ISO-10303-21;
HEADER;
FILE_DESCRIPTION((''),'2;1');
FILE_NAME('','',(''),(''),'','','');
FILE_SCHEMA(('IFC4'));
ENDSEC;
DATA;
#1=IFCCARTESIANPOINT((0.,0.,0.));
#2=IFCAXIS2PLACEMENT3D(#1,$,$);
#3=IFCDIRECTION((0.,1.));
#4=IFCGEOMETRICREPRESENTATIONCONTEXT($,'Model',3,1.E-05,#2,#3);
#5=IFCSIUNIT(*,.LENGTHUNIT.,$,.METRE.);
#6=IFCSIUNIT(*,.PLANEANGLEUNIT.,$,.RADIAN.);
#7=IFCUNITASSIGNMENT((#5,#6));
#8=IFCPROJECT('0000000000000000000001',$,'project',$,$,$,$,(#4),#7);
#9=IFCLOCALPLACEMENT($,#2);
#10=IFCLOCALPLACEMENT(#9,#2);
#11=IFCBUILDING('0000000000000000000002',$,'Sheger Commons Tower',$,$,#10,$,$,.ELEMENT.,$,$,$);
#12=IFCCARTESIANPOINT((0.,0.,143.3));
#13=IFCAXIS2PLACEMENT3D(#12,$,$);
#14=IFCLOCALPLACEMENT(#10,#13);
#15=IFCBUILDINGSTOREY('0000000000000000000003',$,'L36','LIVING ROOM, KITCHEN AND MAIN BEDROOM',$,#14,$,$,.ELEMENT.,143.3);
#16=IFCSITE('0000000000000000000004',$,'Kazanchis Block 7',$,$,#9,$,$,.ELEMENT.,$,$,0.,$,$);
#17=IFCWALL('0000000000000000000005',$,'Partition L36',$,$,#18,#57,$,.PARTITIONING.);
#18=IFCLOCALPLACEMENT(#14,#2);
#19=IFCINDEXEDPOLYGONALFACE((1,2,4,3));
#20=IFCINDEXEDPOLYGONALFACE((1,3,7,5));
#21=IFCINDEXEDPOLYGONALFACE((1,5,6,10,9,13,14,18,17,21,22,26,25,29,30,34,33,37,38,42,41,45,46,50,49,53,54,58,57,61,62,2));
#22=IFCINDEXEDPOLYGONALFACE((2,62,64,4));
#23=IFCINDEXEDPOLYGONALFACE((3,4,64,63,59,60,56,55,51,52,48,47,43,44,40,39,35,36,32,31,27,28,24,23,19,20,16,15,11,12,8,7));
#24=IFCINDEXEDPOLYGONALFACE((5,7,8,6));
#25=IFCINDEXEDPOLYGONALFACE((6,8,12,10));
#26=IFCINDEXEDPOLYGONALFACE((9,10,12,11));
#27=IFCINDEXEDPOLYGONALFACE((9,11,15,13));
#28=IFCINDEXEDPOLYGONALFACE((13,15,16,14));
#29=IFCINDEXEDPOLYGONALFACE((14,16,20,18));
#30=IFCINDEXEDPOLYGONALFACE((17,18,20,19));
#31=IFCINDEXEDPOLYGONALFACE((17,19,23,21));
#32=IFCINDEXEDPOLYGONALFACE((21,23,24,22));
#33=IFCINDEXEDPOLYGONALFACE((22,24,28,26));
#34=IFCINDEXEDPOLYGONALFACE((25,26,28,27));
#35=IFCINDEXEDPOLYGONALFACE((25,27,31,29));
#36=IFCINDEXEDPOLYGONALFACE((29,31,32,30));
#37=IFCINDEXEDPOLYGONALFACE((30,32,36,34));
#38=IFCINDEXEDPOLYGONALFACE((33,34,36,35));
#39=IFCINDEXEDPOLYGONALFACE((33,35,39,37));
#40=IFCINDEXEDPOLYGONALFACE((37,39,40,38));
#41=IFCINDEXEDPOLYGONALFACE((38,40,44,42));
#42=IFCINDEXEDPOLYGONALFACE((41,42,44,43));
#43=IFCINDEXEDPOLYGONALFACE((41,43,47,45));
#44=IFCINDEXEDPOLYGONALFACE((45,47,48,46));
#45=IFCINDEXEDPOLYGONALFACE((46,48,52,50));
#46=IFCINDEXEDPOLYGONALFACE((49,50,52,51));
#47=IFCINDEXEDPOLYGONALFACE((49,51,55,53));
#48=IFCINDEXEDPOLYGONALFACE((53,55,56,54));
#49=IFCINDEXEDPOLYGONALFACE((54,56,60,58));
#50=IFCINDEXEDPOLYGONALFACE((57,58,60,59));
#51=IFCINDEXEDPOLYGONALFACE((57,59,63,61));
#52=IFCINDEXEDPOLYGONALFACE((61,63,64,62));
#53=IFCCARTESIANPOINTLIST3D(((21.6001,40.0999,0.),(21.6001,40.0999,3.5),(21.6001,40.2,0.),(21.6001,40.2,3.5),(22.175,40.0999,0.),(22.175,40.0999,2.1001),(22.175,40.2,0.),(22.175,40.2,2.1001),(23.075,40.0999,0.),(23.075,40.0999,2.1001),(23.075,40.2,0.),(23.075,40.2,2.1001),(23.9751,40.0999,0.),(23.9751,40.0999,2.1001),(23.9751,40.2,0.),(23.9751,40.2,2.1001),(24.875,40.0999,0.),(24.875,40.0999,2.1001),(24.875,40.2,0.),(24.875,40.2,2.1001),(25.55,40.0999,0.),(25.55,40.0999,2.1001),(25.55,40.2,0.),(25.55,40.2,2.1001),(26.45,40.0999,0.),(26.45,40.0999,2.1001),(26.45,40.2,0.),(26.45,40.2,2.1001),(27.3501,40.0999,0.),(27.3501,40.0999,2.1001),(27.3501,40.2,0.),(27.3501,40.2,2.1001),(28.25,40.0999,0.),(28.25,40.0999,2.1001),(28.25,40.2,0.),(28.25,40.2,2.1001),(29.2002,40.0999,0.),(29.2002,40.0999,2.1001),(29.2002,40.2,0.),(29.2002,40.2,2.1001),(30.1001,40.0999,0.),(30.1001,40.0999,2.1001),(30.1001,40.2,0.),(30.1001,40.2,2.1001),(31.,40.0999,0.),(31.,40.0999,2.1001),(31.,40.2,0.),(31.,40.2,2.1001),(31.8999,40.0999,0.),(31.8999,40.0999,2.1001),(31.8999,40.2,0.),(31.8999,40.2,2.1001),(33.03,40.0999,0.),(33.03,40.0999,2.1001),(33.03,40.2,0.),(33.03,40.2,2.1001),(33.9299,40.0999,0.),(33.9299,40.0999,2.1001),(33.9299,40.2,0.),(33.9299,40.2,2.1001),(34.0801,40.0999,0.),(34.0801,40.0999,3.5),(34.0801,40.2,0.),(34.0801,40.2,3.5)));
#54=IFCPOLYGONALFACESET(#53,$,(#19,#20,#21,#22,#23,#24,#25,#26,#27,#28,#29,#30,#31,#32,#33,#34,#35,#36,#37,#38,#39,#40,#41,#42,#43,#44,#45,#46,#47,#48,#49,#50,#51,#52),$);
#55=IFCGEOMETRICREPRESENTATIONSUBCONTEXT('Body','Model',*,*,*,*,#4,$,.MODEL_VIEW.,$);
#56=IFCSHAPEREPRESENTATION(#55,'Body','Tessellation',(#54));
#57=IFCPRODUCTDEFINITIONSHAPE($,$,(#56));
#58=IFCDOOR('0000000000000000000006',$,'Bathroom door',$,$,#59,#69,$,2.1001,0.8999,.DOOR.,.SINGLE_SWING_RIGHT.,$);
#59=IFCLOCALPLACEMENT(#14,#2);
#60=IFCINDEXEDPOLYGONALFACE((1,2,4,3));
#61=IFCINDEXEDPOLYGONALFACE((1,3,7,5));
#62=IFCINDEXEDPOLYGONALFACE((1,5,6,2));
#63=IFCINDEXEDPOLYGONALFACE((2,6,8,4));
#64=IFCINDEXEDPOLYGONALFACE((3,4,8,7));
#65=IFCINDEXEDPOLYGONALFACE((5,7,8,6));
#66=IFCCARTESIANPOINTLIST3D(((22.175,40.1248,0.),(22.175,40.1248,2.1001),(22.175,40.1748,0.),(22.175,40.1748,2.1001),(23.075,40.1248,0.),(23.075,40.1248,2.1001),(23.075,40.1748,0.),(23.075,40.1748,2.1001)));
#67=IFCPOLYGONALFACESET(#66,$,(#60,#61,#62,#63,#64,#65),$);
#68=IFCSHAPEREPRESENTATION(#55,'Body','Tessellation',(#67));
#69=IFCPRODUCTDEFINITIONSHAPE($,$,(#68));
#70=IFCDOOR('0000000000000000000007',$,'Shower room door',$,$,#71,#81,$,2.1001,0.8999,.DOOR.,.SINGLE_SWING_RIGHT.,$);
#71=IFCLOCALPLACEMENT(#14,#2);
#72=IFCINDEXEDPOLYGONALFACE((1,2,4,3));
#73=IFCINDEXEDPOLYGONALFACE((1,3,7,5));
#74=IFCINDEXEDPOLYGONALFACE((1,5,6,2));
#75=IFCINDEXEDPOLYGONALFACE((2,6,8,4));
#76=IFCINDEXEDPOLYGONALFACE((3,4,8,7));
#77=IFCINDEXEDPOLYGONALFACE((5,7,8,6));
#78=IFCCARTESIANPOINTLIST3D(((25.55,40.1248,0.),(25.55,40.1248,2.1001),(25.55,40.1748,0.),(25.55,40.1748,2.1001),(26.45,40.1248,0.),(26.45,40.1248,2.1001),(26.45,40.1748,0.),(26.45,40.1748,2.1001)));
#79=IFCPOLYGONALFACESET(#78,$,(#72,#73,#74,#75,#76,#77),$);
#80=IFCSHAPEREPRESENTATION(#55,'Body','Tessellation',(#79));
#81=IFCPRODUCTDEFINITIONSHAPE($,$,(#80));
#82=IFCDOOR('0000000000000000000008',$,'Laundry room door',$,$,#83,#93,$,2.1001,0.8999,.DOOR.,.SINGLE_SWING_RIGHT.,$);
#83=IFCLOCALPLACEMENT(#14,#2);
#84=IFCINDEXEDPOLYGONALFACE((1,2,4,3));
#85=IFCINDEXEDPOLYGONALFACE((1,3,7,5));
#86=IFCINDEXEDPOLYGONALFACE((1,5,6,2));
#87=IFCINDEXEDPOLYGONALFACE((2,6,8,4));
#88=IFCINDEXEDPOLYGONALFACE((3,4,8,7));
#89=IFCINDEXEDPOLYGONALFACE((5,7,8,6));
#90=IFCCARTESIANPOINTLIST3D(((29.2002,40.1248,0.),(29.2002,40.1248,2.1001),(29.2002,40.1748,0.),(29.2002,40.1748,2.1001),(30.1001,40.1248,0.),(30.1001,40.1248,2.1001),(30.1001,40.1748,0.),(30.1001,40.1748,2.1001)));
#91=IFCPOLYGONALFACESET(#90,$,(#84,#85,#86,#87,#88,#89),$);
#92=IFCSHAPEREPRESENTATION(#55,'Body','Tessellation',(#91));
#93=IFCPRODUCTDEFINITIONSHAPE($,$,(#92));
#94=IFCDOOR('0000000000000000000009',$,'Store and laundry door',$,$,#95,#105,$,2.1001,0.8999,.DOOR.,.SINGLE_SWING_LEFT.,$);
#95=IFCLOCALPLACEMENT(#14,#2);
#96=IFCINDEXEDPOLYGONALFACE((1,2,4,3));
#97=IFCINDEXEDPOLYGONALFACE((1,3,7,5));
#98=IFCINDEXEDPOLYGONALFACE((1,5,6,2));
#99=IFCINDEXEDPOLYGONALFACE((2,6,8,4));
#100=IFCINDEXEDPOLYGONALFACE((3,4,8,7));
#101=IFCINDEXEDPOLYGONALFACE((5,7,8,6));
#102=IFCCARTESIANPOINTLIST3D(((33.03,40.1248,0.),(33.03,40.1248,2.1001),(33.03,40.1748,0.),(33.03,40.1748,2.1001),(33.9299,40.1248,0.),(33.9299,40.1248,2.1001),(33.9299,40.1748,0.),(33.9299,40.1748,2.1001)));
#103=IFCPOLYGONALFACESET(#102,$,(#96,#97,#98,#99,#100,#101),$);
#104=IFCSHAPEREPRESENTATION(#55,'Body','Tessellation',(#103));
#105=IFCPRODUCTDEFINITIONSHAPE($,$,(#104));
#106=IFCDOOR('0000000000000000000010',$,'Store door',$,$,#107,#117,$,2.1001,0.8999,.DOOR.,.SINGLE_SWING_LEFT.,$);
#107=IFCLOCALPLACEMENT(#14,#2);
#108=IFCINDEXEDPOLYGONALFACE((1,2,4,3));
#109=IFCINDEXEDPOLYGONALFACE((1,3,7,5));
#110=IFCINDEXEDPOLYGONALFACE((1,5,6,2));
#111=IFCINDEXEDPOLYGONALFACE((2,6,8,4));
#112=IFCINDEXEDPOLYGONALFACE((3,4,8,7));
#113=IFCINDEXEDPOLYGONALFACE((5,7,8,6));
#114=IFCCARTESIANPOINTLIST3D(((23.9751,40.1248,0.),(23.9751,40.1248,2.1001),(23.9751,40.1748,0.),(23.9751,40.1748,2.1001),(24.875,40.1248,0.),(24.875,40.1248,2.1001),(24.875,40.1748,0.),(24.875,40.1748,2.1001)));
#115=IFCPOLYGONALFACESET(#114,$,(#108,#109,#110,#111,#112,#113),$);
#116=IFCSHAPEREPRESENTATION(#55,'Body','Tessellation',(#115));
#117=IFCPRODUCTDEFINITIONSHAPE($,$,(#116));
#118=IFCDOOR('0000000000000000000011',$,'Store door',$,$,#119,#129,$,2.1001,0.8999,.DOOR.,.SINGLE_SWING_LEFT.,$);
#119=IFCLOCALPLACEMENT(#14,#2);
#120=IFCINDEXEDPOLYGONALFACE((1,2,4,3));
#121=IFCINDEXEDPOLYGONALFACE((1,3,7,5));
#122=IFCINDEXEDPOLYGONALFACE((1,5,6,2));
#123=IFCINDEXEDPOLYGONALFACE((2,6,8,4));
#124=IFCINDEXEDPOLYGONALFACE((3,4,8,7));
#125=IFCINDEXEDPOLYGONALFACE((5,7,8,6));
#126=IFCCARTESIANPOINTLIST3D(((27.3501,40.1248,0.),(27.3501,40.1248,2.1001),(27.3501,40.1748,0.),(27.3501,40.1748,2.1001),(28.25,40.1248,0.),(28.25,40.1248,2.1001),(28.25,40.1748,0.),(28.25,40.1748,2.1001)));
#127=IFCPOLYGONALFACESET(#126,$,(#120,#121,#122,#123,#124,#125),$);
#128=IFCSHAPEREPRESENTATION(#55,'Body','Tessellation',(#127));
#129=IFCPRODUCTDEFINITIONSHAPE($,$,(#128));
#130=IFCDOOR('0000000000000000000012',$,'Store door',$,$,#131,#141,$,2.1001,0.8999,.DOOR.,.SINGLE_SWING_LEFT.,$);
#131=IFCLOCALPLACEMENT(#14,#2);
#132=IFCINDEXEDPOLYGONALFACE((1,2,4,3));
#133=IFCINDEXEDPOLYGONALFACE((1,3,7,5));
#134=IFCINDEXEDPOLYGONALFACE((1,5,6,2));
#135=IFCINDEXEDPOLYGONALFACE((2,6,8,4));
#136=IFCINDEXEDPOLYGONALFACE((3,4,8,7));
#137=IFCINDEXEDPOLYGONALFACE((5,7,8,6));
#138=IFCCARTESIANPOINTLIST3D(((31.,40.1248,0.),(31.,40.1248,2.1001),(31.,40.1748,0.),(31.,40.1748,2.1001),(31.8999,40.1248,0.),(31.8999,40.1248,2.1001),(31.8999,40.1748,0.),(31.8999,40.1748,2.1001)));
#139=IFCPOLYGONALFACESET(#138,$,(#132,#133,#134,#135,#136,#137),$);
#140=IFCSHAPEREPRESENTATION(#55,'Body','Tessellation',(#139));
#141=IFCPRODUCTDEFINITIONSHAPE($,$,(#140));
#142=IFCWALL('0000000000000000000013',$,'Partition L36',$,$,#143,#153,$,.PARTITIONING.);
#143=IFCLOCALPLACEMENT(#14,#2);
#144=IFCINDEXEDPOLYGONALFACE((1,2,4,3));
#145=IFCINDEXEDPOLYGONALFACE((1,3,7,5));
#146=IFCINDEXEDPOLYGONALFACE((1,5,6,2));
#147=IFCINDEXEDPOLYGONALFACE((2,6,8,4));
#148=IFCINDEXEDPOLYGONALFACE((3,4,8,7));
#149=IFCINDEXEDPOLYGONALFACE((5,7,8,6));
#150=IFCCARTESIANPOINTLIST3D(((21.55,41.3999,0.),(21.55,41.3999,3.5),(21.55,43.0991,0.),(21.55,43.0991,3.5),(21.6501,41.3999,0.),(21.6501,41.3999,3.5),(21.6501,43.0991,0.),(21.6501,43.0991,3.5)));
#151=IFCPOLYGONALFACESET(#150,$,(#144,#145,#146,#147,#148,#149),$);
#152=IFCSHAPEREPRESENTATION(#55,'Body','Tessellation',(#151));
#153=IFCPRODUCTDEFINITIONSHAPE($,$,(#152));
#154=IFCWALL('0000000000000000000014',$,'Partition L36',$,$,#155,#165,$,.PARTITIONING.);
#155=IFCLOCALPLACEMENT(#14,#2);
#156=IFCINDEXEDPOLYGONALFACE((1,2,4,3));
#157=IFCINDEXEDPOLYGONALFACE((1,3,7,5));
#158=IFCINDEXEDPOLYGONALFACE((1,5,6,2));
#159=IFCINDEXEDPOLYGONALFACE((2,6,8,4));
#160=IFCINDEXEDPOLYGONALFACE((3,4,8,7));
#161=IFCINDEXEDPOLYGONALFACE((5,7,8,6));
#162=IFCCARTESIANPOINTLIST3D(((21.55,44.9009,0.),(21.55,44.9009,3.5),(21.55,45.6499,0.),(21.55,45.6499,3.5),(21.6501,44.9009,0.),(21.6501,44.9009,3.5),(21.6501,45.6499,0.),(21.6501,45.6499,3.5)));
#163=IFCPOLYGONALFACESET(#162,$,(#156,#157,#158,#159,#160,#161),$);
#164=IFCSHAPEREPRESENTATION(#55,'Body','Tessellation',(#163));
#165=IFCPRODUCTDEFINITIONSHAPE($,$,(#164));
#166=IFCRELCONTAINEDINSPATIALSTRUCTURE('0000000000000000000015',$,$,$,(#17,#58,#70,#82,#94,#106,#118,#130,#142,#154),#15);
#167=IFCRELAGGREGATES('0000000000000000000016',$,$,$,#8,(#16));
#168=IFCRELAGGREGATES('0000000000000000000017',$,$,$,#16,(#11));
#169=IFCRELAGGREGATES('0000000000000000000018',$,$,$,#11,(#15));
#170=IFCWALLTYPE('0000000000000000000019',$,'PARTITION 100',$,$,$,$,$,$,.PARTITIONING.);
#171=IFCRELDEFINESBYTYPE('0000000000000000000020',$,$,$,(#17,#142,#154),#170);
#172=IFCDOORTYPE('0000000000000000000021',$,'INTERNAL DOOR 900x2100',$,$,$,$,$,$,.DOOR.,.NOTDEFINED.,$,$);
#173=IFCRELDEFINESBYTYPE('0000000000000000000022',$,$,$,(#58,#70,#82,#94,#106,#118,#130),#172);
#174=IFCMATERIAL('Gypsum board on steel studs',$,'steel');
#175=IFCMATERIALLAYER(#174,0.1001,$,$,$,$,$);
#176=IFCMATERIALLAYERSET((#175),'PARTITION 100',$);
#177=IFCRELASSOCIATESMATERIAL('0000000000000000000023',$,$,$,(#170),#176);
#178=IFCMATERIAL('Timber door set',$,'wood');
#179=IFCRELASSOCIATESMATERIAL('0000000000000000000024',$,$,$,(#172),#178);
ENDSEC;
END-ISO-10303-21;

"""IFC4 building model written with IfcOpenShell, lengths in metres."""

from ifc_helpers import new_model, si_unit, direction, frame, frame_2d, origin, place, context, subcontext, project, spatial, rectangle, extrude, material, layer, layer_set, type_object, element, fill, save


model = new_model("IFC4")

# Units and contexts
model_context = context("Model", 3, precision=1e-05, world=origin(), true_north=direction((0.0, 1.0)))
body_context = subcontext(model_context, "Body", "Model", "MODEL_VIEW")
ifc_project = project(units=[si_unit("LENGTHUNIT", "METRE"), si_unit("PLANEANGLEUNIT", "RADIAN")], contexts=[model_context])

# Site, building, storey
site_placement = place(None, origin())
site = spatial("IfcSite", under=ifc_project, at=site_placement, Name="Kazanchis Block 7", CompositionType="ELEMENT", RefElevation=0.0)
building_placement = place(site_placement, origin())
building = spatial("IfcBuilding", under=site, at=building_placement, Name="Sheger Commons Tower", CompositionType="ELEMENT")
storey_placement = place(building_placement, frame((0.0, 0.0, 143.3)))
storey = spatial("IfcBuildingStorey", under=building, at=storey_placement, Name="L36", Description="LIVING ROOM, KITCHEN AND MAIN BEDROOM", CompositionType="ELEMENT", Elevation=143.3)

# Wall, openings, doors
ifc_material_1 = material(Name="Gypsum board on steel studs", Category="steel")
ifc_layer_1 = layer(ifc_material_1, 0.1001)
ifc_layer_set_1 = layer_set([ifc_layer_1], Name="PARTITION 100")
wall_type = type_object("IfcWallType", Name="PARTITION 100", PredefinedType="PARTITIONING", material=ifc_layer_set_1)
ifc_material_2 = material(Name="Timber door set", Category="wood")
door_type = type_object("IfcDoorType", Name="INTERNAL DOOR 900x2100", OperationType="NOTDEFINED", PredefinedType="DOOR", material=ifc_material_2)
wall_1_placement = place(storey_placement, frame((21.6001, 40.1499, 0.0), z_axis=(0.0, 0.0, 1.0), x_axis=(1.0, 0.0, 0.0)))
wall_1 = element("IfcWall", 1, at=wall_1_placement, inside=storey, type_object=wall_type, Name="Partition L36", PredefinedType="PARTITIONING", context=body_context, shape_type="SweptSolid", body=[
    extrude(rectangle(XDim=12.48, YDim=0.1001, at=frame_2d((6.24, 0.0))), origin(), (0.0, 0.0, 1.0), 3.5),
])
opening_1_placement = place(wall_1_placement, frame((0.575, 0.0, 0.0)))
opening_1 = element("IfcOpeningElement", 2, at=opening_1_placement, cuts=wall_1, PredefinedType="OPENING", context=body_context, shape_type="SweptSolid", body=[
    extrude(rectangle(XDim=0.8999, YDim=2.1001, at=frame_2d((0.45, 1.05))), frame((0.0, 0.0601, 0.0), z_axis=(0.0, -1.0, 0.0), x_axis=(1.0, 0.0, 0.0)), (0.0, 0.0, 1.0), 0.1201),
])
opening_2_placement = place(wall_1_placement, frame((3.95, 0.0, 0.0)))
opening_2 = element("IfcOpeningElement", 3, at=opening_2_placement, cuts=wall_1, PredefinedType="OPENING", context=body_context, shape_type="SweptSolid", body=[
    extrude(rectangle(XDim=0.8999, YDim=2.1001, at=frame_2d((0.45, 1.05))), frame((0.0, 0.0601, 0.0), z_axis=(0.0, -1.0, 0.0), x_axis=(1.0, 0.0, 0.0)), (0.0, 0.0, 1.0), 0.1201),
])
opening_3_placement = place(wall_1_placement, frame((7.6001, 0.0, 0.0)))
opening_3 = element("IfcOpeningElement", 4, at=opening_3_placement, cuts=wall_1, PredefinedType="OPENING", context=body_context, shape_type="SweptSolid", body=[
    extrude(rectangle(XDim=0.8999, YDim=2.1001, at=frame_2d((0.45, 1.05))), frame((0.0, 0.0601, 0.0), z_axis=(0.0, -1.0, 0.0), x_axis=(1.0, 0.0, 0.0)), (0.0, 0.0, 1.0), 0.1201),
])
opening_4_placement = place(wall_1_placement, frame((11.4299, 0.0, 0.0)))
opening_4 = element("IfcOpeningElement", 5, at=opening_4_placement, cuts=wall_1, PredefinedType="OPENING", context=body_context, shape_type="SweptSolid", body=[
    extrude(rectangle(XDim=0.8999, YDim=2.1001, at=frame_2d((0.45, 1.05))), frame((0.0, 0.0601, 0.0), z_axis=(0.0, -1.0, 0.0), x_axis=(1.0, 0.0, 0.0)), (0.0, 0.0, 1.0), 0.1201),
])
opening_5_placement = place(wall_1_placement, frame((2.375, 0.0, 0.0)))
opening_5 = element("IfcOpeningElement", 6, at=opening_5_placement, cuts=wall_1, PredefinedType="OPENING", context=body_context, shape_type="SweptSolid", body=[
    extrude(rectangle(XDim=0.8999, YDim=2.1001, at=frame_2d((0.45, 1.05))), frame((0.0, 0.0601, 0.0), z_axis=(0.0, -1.0, 0.0), x_axis=(1.0, 0.0, 0.0)), (0.0, 0.0, 1.0), 0.1201),
])
opening_6_placement = place(wall_1_placement, frame((5.75, 0.0, 0.0)))
opening_6 = element("IfcOpeningElement", 7, at=opening_6_placement, cuts=wall_1, PredefinedType="OPENING", context=body_context, shape_type="SweptSolid", body=[
    extrude(rectangle(XDim=0.8999, YDim=2.1001, at=frame_2d((0.45, 1.05))), frame((0.0, 0.0601, 0.0), z_axis=(0.0, -1.0, 0.0), x_axis=(1.0, 0.0, 0.0)), (0.0, 0.0, 1.0), 0.1201),
])
opening_7_placement = place(wall_1_placement, frame((9.3999, 0.0, 0.0)))
opening_7 = element("IfcOpeningElement", 8, at=opening_7_placement, cuts=wall_1, PredefinedType="OPENING", context=body_context, shape_type="SweptSolid", body=[
    extrude(rectangle(XDim=0.8999, YDim=2.1001, at=frame_2d((0.45, 1.05))), frame((0.0, 0.0601, 0.0), z_axis=(0.0, -1.0, 0.0), x_axis=(1.0, 0.0, 0.0)), (0.0, 0.0, 1.0), 0.1201),
])
door_1_placement = place(opening_1_placement, origin())
door_1 = element("IfcDoor", 9, at=door_1_placement, inside=storey, type_object=door_type, Name="Bathroom door", OperationType="SINGLE_SWING_RIGHT", OverallHeight=2.1001, OverallWidth=0.8999, PredefinedType="DOOR", context=body_context, shape_type="SweptSolid", body=[
    extrude(rectangle(XDim=0.8999, YDim=2.1001, at=frame_2d((0.45, 1.05))), frame((0.0, 0.0249, 0.0), z_axis=(0.0, -1.0, 0.0), x_axis=(1.0, 0.0, 0.0)), (0.0, 0.0, 1.0), 0.05),
])
fill(opening_1, door_1)
door_2_placement = place(opening_2_placement, origin())
door_2 = element("IfcDoor", 10, at=door_2_placement, inside=storey, type_object=door_type, Name="Shower room door", OperationType="SINGLE_SWING_RIGHT", OverallHeight=2.1001, OverallWidth=0.8999, PredefinedType="DOOR", context=body_context, shape_type="SweptSolid", body=[
    extrude(rectangle(XDim=0.8999, YDim=2.1001, at=frame_2d((0.45, 1.05))), frame((0.0, 0.0249, 0.0), z_axis=(0.0, -1.0, 0.0), x_axis=(1.0, 0.0, 0.0)), (0.0, 0.0, 1.0), 0.05),
])
fill(opening_2, door_2)
door_3_placement = place(opening_3_placement, origin())
door_3 = element("IfcDoor", 11, at=door_3_placement, inside=storey, type_object=door_type, Name="Laundry room door", OperationType="SINGLE_SWING_RIGHT", OverallHeight=2.1001, OverallWidth=0.8999, PredefinedType="DOOR", context=body_context, shape_type="SweptSolid", body=[
    extrude(rectangle(XDim=0.8999, YDim=2.1001, at=frame_2d((0.45, 1.05))), frame((0.0, 0.0249, 0.0), z_axis=(0.0, -1.0, 0.0), x_axis=(1.0, 0.0, 0.0)), (0.0, 0.0, 1.0), 0.05),
])
fill(opening_3, door_3)
door_4_placement = place(opening_4_placement, origin())
door_4 = element("IfcDoor", 12, at=door_4_placement, inside=storey, type_object=door_type, Name="Store and laundry door", OperationType="SINGLE_SWING_LEFT", OverallHeight=2.1001, OverallWidth=0.8999, PredefinedType="DOOR", context=body_context, shape_type="SweptSolid", body=[
    extrude(rectangle(XDim=0.8999, YDim=2.1001, at=frame_2d((0.45, 1.05))), frame((0.0, 0.0249, 0.0), z_axis=(0.0, -1.0, 0.0), x_axis=(1.0, 0.0, 0.0)), (0.0, 0.0, 1.0), 0.05),
])
fill(opening_4, door_4)
door_5_placement = place(opening_5_placement, origin())
door_5 = element("IfcDoor", 13, at=door_5_placement, inside=storey, type_object=door_type, Name="Store door", OperationType="SINGLE_SWING_LEFT", OverallHeight=2.1001, OverallWidth=0.8999, PredefinedType="DOOR", context=body_context, shape_type="SweptSolid", body=[
    extrude(rectangle(XDim=0.8999, YDim=2.1001, at=frame_2d((0.45, 1.05))), frame((0.0, 0.0249, 0.0), z_axis=(0.0, -1.0, 0.0), x_axis=(1.0, 0.0, 0.0)), (0.0, 0.0, 1.0), 0.05),
])
fill(opening_5, door_5)
door_6_placement = place(opening_6_placement, origin())
door_6 = element("IfcDoor", 14, at=door_6_placement, inside=storey, type_object=door_type, Name="Store door", OperationType="SINGLE_SWING_LEFT", OverallHeight=2.1001, OverallWidth=0.8999, PredefinedType="DOOR", context=body_context, shape_type="SweptSolid", body=[
    extrude(rectangle(XDim=0.8999, YDim=2.1001, at=frame_2d((0.45, 1.05))), frame((0.0, 0.0249, 0.0), z_axis=(0.0, -1.0, 0.0), x_axis=(1.0, 0.0, 0.0)), (0.0, 0.0, 1.0), 0.05),
])
fill(opening_6, door_6)
door_7_placement = place(opening_7_placement, origin())
door_7 = element("IfcDoor", 15, at=door_7_placement, inside=storey, type_object=door_type, Name="Store door", OperationType="SINGLE_SWING_LEFT", OverallHeight=2.1001, OverallWidth=0.8999, PredefinedType="DOOR", context=body_context, shape_type="SweptSolid", body=[
    extrude(rectangle(XDim=0.8999, YDim=2.1001, at=frame_2d((0.45, 1.05))), frame((0.0, 0.0249, 0.0), z_axis=(0.0, -1.0, 0.0), x_axis=(1.0, 0.0, 0.0)), (0.0, 0.0, 1.0), 0.05),
])
fill(opening_7, door_7)

# Walls
wall_2_placement = place(storey_placement, frame((21.6001, 41.3999, 0.0), z_axis=(0.0, 0.0, 1.0), x_axis=(0.0, 1.0, 0.0)))
element("IfcWall", 16, at=wall_2_placement, inside=storey, type_object=wall_type, Name="Partition L36", PredefinedType="PARTITIONING", context=body_context, shape_type="SweptSolid", body=[
    extrude(rectangle(XDim=1.6992, YDim=0.1001, at=frame_2d((0.8496, 0.0))), origin(), (0.0, 0.0, 1.0), 3.5),
])
wall_3_placement = place(storey_placement, frame((21.6001, 44.9009, 0.0), z_axis=(0.0, 0.0, 1.0), x_axis=(0.0, 1.0, 0.0)))
element("IfcWall", 17, at=wall_3_placement, inside=storey, type_object=wall_type, Name="Partition L36", PredefinedType="PARTITIONING", context=body_context, shape_type="SweptSolid", body=[
    extrude(rectangle(XDim=0.749, YDim=0.1001, at=frame_2d((0.3745, 0.0))), origin(), (0.0, 0.0, 1.0), 3.5),
])

save(model, "model.ifc")
